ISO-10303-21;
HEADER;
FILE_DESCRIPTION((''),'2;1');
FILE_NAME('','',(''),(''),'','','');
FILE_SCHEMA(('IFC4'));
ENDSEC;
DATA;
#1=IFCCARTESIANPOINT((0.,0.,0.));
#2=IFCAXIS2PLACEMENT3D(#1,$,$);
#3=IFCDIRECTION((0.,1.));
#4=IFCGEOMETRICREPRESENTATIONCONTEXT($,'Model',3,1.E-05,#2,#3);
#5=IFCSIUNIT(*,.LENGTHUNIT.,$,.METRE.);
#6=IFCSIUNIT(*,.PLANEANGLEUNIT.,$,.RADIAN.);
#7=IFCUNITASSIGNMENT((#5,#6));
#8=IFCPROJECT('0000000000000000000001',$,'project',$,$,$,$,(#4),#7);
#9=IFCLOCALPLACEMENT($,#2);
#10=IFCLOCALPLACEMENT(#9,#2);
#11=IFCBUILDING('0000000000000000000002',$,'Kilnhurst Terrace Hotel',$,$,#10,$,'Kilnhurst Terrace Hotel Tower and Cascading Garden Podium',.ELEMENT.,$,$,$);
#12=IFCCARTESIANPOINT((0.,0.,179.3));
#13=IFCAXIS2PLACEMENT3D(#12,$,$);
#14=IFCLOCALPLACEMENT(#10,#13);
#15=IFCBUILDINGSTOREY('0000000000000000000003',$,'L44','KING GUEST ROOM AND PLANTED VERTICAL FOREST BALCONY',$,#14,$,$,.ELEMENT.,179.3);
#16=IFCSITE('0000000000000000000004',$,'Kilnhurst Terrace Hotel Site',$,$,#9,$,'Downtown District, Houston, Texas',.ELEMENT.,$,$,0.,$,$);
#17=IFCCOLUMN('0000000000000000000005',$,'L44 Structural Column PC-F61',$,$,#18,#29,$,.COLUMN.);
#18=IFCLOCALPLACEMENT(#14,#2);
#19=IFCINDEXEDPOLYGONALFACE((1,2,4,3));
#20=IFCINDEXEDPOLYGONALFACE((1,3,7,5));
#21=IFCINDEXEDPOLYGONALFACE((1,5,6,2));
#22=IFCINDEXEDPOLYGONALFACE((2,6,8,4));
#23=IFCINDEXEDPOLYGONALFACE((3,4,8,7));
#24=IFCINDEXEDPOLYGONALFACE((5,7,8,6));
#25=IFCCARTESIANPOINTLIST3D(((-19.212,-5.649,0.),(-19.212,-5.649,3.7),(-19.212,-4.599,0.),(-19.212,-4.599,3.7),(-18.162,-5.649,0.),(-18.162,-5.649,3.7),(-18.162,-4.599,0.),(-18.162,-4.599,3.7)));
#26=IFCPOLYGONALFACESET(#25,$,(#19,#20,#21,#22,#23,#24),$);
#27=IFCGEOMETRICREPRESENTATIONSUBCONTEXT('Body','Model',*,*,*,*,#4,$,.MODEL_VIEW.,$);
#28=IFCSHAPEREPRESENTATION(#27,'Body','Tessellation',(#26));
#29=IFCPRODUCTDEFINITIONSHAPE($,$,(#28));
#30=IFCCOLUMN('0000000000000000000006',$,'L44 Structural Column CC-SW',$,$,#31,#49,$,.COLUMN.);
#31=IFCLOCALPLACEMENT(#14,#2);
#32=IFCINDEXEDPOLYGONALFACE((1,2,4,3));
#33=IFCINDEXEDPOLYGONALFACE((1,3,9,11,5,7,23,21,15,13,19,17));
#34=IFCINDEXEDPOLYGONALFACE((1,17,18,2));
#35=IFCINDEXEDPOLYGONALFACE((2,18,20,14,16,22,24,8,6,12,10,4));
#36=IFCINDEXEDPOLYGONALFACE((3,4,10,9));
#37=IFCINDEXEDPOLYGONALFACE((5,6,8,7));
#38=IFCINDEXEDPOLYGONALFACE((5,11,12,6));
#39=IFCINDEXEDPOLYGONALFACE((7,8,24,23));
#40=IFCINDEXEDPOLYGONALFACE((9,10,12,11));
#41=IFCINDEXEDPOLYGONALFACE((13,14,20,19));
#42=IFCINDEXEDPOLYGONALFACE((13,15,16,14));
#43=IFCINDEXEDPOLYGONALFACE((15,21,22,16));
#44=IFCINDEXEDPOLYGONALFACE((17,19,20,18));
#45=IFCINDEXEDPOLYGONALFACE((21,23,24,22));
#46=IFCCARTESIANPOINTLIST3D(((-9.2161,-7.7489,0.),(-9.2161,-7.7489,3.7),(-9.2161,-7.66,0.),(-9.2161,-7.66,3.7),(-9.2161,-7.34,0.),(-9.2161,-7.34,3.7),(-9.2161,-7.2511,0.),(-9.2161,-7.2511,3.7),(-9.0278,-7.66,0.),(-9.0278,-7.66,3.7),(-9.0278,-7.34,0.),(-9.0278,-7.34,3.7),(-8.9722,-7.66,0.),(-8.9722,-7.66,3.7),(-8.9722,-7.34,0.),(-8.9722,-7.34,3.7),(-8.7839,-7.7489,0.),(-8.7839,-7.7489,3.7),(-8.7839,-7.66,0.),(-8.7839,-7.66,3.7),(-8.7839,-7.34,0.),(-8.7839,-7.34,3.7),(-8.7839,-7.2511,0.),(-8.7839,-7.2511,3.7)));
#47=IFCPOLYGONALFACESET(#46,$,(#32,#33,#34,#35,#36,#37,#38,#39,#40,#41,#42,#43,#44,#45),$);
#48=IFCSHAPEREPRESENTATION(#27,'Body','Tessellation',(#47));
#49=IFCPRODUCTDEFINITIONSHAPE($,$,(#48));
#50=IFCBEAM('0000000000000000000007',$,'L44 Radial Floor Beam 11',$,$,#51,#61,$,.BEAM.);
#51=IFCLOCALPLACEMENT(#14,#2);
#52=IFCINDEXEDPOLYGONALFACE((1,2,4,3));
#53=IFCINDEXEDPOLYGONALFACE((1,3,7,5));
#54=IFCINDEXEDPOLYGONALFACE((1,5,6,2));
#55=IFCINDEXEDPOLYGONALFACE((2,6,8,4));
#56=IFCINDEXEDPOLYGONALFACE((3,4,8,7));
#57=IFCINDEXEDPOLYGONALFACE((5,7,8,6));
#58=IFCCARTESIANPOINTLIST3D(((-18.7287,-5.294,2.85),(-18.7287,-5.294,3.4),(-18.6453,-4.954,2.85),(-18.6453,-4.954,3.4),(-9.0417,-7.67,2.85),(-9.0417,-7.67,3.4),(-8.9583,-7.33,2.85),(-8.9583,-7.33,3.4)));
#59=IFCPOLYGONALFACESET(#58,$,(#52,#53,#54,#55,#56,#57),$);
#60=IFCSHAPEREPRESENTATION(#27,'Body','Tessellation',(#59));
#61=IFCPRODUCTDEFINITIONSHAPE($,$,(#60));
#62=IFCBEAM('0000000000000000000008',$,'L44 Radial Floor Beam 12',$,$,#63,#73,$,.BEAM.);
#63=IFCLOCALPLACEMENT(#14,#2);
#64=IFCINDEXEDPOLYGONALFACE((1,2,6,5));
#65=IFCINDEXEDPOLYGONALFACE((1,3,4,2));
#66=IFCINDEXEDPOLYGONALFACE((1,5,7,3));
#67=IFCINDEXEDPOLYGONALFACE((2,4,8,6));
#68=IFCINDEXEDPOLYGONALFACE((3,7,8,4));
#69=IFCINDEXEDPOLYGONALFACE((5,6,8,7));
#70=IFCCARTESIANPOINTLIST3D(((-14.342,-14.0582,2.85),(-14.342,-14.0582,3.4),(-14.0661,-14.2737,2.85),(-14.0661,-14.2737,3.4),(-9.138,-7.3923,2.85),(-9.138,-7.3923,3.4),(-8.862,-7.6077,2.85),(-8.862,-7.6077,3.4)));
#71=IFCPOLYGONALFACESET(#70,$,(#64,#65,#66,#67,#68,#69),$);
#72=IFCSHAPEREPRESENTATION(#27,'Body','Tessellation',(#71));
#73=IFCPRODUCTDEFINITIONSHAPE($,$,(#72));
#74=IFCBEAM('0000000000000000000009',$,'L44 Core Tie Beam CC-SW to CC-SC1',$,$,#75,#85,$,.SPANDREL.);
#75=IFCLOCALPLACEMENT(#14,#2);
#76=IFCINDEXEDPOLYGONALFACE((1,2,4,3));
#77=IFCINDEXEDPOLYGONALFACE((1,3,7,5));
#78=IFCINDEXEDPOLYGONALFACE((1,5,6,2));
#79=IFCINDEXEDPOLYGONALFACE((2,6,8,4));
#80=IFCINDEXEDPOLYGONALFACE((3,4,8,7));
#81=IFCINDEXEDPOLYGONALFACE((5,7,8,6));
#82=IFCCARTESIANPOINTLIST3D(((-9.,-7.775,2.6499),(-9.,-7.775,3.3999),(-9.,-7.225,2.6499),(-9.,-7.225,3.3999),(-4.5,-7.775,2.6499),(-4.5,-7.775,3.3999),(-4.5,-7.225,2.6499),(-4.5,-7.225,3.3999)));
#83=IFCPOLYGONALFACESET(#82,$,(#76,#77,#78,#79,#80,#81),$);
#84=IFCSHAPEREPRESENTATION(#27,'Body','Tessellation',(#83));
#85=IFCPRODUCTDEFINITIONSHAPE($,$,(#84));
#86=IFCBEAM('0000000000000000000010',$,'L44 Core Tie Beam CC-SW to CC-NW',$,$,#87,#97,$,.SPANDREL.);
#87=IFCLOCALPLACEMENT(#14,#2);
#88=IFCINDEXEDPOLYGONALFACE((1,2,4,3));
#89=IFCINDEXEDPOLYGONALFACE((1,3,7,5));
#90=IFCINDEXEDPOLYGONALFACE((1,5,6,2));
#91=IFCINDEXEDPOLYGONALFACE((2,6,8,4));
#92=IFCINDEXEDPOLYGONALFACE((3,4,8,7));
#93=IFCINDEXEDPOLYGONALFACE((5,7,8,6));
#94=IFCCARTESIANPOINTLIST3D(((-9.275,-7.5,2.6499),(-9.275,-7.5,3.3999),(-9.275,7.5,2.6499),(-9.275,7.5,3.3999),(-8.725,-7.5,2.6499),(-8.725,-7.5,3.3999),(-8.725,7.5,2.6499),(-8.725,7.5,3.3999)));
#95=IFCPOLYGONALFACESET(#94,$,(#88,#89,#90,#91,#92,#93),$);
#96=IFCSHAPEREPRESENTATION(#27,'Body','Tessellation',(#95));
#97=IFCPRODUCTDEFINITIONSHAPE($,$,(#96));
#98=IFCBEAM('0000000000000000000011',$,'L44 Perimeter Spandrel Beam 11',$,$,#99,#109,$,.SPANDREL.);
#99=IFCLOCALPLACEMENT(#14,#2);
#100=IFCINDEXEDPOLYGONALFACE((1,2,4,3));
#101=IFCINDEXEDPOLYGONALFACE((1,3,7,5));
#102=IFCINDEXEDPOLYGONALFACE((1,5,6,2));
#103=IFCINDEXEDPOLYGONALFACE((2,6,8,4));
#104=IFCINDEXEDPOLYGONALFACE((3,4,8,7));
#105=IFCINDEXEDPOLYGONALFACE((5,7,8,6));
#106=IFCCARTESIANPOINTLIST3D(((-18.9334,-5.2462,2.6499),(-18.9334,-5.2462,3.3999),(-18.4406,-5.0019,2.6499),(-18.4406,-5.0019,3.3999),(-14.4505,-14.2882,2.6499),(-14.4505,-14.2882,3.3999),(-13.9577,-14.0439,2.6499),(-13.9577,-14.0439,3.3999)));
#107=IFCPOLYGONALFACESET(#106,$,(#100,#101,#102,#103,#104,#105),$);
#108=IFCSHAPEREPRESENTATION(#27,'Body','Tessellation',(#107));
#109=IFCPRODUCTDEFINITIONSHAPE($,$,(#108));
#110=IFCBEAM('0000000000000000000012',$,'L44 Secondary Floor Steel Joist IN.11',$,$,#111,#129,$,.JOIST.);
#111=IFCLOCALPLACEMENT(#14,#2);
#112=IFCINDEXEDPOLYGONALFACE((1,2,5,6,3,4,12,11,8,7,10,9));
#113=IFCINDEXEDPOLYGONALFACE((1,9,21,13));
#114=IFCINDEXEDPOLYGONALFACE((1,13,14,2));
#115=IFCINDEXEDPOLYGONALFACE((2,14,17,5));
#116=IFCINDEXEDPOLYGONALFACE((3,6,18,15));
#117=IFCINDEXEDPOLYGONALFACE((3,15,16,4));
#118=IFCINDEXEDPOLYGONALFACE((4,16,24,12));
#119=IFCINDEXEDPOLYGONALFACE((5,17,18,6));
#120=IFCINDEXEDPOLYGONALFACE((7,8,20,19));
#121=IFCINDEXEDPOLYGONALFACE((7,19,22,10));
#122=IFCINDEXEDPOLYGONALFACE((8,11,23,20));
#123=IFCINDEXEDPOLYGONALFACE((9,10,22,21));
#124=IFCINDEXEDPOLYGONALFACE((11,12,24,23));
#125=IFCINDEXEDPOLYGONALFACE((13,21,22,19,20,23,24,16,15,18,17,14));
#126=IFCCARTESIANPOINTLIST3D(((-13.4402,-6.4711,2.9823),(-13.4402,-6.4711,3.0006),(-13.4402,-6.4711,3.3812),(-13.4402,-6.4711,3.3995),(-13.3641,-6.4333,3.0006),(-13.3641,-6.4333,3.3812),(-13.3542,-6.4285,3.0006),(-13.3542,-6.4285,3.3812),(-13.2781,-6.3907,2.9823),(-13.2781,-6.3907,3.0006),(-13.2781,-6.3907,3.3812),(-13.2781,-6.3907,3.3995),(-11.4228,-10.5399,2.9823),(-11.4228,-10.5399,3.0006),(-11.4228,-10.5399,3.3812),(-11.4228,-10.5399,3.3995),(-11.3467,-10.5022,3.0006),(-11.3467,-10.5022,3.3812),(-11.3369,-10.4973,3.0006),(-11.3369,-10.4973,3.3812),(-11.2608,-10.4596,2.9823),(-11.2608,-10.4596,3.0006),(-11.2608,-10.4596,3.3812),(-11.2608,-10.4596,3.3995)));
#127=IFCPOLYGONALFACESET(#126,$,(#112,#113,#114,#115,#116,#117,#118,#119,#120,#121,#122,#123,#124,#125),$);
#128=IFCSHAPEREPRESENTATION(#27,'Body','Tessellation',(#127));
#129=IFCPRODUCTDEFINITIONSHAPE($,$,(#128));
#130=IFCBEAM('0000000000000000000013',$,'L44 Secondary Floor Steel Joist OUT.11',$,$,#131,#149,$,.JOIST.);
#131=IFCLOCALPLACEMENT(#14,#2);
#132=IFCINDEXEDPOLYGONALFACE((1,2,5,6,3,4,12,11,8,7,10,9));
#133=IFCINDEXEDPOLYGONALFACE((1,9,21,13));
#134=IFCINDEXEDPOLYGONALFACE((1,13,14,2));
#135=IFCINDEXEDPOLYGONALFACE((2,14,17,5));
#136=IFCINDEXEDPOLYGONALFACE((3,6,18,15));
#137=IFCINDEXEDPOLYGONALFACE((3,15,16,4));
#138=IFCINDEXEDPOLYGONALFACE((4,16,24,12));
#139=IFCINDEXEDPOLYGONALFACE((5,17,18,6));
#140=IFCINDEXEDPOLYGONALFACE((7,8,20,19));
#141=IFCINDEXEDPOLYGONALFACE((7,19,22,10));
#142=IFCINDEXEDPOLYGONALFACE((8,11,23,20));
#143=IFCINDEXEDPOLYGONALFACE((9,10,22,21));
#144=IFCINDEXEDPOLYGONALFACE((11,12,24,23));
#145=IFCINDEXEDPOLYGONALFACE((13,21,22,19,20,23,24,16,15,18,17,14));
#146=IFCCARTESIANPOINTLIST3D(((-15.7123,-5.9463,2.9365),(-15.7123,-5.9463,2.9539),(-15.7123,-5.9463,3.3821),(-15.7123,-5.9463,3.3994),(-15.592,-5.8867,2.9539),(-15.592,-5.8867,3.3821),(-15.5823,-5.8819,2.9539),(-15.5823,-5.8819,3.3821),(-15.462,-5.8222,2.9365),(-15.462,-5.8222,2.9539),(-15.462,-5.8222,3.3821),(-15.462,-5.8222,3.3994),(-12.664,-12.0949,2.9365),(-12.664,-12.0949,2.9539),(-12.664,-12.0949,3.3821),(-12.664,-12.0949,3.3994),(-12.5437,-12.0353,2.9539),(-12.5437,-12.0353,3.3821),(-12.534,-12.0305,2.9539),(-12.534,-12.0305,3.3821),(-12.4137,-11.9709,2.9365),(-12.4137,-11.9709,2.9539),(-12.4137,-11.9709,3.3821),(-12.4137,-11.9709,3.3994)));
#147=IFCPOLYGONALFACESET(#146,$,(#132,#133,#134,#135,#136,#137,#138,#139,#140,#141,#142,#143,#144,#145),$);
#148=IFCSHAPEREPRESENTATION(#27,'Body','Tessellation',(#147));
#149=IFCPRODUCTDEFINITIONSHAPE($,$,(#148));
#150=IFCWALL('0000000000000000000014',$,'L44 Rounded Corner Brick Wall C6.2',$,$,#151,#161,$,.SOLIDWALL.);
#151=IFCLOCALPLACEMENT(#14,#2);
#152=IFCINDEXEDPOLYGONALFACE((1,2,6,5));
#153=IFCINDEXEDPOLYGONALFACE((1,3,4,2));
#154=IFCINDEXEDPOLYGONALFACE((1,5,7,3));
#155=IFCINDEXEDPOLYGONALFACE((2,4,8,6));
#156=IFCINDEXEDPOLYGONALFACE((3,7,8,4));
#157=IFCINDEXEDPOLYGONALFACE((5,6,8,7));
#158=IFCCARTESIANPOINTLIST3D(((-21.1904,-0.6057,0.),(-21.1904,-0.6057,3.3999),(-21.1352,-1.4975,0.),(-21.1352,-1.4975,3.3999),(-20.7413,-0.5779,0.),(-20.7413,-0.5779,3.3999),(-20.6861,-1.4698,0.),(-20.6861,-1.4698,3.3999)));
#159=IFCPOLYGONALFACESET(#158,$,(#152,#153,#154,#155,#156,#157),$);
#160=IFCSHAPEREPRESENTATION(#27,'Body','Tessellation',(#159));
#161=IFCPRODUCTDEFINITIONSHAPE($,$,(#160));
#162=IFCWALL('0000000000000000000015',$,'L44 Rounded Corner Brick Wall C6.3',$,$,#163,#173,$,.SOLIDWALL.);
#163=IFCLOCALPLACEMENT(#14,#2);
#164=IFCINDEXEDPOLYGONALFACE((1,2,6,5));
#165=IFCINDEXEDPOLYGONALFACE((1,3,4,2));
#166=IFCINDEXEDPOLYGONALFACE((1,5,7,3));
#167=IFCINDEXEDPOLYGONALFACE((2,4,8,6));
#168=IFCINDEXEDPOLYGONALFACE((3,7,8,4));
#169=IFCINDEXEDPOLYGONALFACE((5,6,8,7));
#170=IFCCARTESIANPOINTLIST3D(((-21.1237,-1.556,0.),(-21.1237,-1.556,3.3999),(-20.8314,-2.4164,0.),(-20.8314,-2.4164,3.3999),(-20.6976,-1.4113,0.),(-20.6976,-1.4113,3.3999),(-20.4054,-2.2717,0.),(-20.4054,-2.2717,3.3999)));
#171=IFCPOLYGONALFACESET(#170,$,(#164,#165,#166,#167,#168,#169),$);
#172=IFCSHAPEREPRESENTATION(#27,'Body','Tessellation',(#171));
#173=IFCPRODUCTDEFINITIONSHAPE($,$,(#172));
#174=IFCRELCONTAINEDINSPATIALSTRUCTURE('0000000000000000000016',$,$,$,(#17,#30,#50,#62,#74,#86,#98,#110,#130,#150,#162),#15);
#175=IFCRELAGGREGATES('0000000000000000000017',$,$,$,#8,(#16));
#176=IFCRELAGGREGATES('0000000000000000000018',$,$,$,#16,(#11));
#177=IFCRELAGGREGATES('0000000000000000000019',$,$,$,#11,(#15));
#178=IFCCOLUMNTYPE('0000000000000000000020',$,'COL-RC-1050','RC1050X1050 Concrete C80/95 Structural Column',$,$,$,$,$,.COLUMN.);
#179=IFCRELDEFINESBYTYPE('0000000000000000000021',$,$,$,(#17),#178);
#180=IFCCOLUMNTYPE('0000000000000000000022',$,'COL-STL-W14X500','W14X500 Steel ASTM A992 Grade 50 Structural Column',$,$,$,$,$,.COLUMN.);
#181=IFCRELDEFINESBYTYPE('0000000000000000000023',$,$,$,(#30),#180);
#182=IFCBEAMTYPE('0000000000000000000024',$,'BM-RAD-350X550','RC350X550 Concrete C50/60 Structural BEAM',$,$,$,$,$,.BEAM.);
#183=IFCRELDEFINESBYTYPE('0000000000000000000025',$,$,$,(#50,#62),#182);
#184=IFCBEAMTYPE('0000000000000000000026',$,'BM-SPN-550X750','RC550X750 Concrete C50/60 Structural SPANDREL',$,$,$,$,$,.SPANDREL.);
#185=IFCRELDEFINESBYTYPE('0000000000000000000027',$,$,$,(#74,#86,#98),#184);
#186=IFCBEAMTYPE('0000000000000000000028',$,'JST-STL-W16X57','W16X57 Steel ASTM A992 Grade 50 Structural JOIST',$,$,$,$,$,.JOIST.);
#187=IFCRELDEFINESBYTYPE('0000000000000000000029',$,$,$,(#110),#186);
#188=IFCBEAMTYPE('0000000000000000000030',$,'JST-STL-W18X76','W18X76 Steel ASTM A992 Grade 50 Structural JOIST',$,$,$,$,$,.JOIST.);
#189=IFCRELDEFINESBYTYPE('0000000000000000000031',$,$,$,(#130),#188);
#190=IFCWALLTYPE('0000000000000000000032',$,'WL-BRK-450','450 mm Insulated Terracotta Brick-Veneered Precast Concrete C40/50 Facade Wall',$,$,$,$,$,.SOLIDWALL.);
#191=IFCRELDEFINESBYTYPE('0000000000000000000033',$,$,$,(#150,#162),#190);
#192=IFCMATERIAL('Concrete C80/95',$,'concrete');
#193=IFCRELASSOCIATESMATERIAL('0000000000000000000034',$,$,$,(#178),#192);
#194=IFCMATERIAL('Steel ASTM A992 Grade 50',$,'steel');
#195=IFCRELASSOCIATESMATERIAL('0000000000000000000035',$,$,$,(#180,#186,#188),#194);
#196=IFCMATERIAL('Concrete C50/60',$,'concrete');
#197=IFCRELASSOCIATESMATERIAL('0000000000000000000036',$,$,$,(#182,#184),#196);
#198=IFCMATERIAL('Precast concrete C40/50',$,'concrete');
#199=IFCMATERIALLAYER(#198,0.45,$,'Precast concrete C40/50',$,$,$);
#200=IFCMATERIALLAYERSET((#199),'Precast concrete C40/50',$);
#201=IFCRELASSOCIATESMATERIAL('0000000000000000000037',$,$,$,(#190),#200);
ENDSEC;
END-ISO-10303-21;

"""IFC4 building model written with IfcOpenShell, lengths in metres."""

from ifc_helpers import new_model, si_unit, direction, frame, frame_2d, origin, origin_2d, place, context, subcontext, project, spatial, rectangle, i_section, extrude, material, layer, layer_set, material_profile, profile_set, type_object, element, save


model = new_model("IFC4")

# Units and contexts
model_context = context("Model", 3, precision=1e-05, world=origin(), true_north=direction((0.0, 1.0)))
body_context = subcontext(model_context, "Body", "Model", "MODEL_VIEW")
ifc_project = project(units=[si_unit("LENGTHUNIT", "METRE"), si_unit("PLANEANGLEUNIT", "RADIAN")], contexts=[model_context])

# Site, building, storey
site_placement = place(None, origin())
site = spatial("IfcSite", under=ifc_project, at=site_placement, Name="Kilnhurst Terrace Hotel Site", LongName="Downtown District, Houston, Texas", CompositionType="ELEMENT", RefElevation=0.0)
building_placement = place(site_placement, origin())
building = spatial("IfcBuilding", under=site, at=building_placement, Name="Kilnhurst Terrace Hotel", LongName="Kilnhurst Terrace Hotel Tower and Cascading Garden Podium", CompositionType="ELEMENT")
storey_placement = place(building_placement, frame((0.0, 0.0, 179.3)))
storey = spatial("IfcBuildingStorey", under=building, at=storey_placement, Name="L44", Description="KING GUEST ROOM AND PLANTED VERTICAL FOREST BALCONY", CompositionType="ELEMENT", Elevation=179.3)

# Columns
ifc_material_1 = material(Name="Concrete C80/95", Category="concrete")
ifc_material_profile_1 = material_profile(ifc_material_1, rectangle(XDim=1.05, YDim=1.05, at=origin_2d()), Name="RC1050X1050")
ifc_profile_set_1 = profile_set([ifc_material_profile_1], Name="Concrete C80/95")
column_type_1 = type_object("IfcColumnType", Name="COL-RC-1050", Description="RC1050X1050 Concrete C80/95 Structural Column", PredefinedType="COLUMN", material=ifc_profile_set_1)
column_1_placement = place(storey_placement, frame((-18.687, -5.124, 0.0), z_axis=(0.0, 0.0, 1.0), x_axis=(1.0, 0.0, 0.0)))
element("IfcColumn", 1, at=column_1_placement, inside=storey, type_object=column_type_1, Name="L44 Structural Column PC-F61", PredefinedType="COLUMN", context=body_context, shape_type="SweptSolid", body=[
    extrude(rectangle(XDim=1.05, YDim=1.05, at=origin_2d()), origin(), (0.0, 0.0, 1.0), 3.7),
])
ifc_material_2 = material(Name="Steel ASTM A992 Grade 50", Category="steel")
ifc_material_profile_2 = material_profile(ifc_material_2, i_section(OverallWidth=0.4321, OverallDepth=0.4978, WebThickness=0.0557, FlangeThickness=0.0889, at=origin_2d()), Name="W14X500")
ifc_profile_set_2 = profile_set([ifc_material_profile_2], Name="Steel ASTM A992 Grade 50")
column_type_2 = type_object("IfcColumnType", Name="COL-STL-W14X500", Description="W14X500 Steel ASTM A992 Grade 50 Structural Column", PredefinedType="COLUMN", material=ifc_profile_set_2)
column_2_placement = place(storey_placement, frame((-9.0, -7.5, 0.0), z_axis=(0.0, 0.0, 1.0), x_axis=(1.0, 0.0, 0.0)))
element("IfcColumn", 2, at=column_2_placement, inside=storey, type_object=column_type_2, Name="L44 Structural Column CC-SW", PredefinedType="COLUMN", context=body_context, shape_type="SweptSolid", body=[
    extrude(i_section(OverallWidth=0.4321, OverallDepth=0.4978, WebThickness=0.0557, FlangeThickness=0.0889, at=origin_2d()), origin(), (0.0, 0.0, 1.0), 3.7),
])

# Beams
ifc_material_3 = material(Name="Concrete C50/60", Category="concrete")
ifc_material_profile_3 = material_profile(ifc_material_3, rectangle(XDim=0.3501, YDim=0.55, at=origin_2d()), Name="RC350X550")
ifc_profile_set_3 = profile_set([ifc_material_profile_3], Name="Concrete C50/60")
beam_type_1 = type_object("IfcBeamType", Name="BM-RAD-350X550", Description="RC350X550 Concrete C50/60 Structural BEAM", PredefinedType="BEAM", material=ifc_profile_set_3)
beam_1_placement = place(storey_placement, frame((-9.0, -7.5, 3.125), z_axis=(-0.971213, 0.238214, 0.0), x_axis=(-0.238214, -0.971213, 0.0)))
element("IfcBeam", 3, at=beam_1_placement, inside=storey, type_object=beam_type_1, Name="L44 Radial Floor Beam 11", PredefinedType="BEAM", context=body_context, shape_type="SweptSolid", body=[
    extrude(rectangle(XDim=0.3501, YDim=0.55, at=origin_2d()), origin(), (0.0, 0.0, 1.0), 9.9741),
])
beam_2_placement = place(storey_placement, frame((-9.0, -7.5, 3.125), z_axis=(-0.615371, -0.788238, 0.0), x_axis=(0.788238, -0.615371, 0.0)))
element("IfcBeam", 4, at=beam_2_placement, inside=storey, type_object=beam_type_1, Name="L44 Radial Floor Beam 12", PredefinedType="BEAM", context=body_context, shape_type="SweptSolid", body=[
    extrude(rectangle(XDim=0.3501, YDim=0.55, at=origin_2d()), origin(), (0.0, 0.0, 1.0), 8.4568),
])
ifc_material_profile_4 = material_profile(ifc_material_3, rectangle(XDim=0.55, YDim=0.75, at=origin_2d()), Name="RC550X750")
ifc_profile_set_4 = profile_set([ifc_material_profile_4], Name="Concrete C50/60")
beam_type_2 = type_object("IfcBeamType", Name="BM-SPN-550X750", Description="RC550X750 Concrete C50/60 Structural SPANDREL", PredefinedType="SPANDREL", material=ifc_profile_set_4)
beam_3_placement = place(storey_placement, frame((-9.0, -7.5, 3.0249), z_axis=(1.0, 0.0, 0.0), x_axis=(0.0, 1.0, 0.0)))
element("IfcBeam", 5, at=beam_3_placement, inside=storey, type_object=beam_type_2, Name="L44 Core Tie Beam CC-SW to CC-SC1", PredefinedType="SPANDREL", context=body_context, shape_type="SweptSolid", body=[
    extrude(rectangle(XDim=0.55, YDim=0.75, at=origin_2d()), origin(), (0.0, 0.0, 1.0), 4.5),
])
beam_4_placement = place(storey_placement, frame((-9.0, -7.5, 3.0249), z_axis=(0.0, 1.0, 0.0), x_axis=(-1.0, 0.0, 0.0)))
element("IfcBeam", 6, at=beam_4_placement, inside=storey, type_object=beam_type_2, Name="L44 Core Tie Beam CC-SW to CC-NW", PredefinedType="SPANDREL", context=body_context, shape_type="SweptSolid", body=[
    extrude(rectangle(XDim=0.55, YDim=0.75, at=origin_2d()), origin(), (0.0, 0.0, 1.0), 15.0),
])
beam_5_placement = place(storey_placement, frame((-18.687, -5.124, 3.0249), z_axis=(0.444192, -0.895932, 0.0), x_axis=(0.895932, 0.444192, 0.0)))
element("IfcBeam", 7, at=beam_5_placement, inside=storey, type_object=beam_type_2, Name="L44 Perimeter Spandrel Beam 11", PredefinedType="SPANDREL", context=body_context, shape_type="SweptSolid", body=[
    extrude(rectangle(XDim=0.55, YDim=0.75, at=origin_2d()), origin(), (0.0, 0.0, 1.0), 10.0923),
])
ifc_material_profile_5 = material_profile(ifc_material_2, i_section(OverallWidth=0.1809, OverallDepth=0.4172, WebThickness=0.011, FlangeThickness=0.0183, at=origin_2d()), Name="W16X57")
ifc_profile_set_5 = profile_set([ifc_material_profile_5], Name="Steel ASTM A992 Grade 50")
beam_type_3 = type_object("IfcBeamType", Name="JST-STL-W16X57", Description="W16X57 Steel ASTM A992 Grade 50 Structural JOIST", PredefinedType="JOIST", material=ifc_profile_set_5)
beam_6_placement = place(storey_placement, frame((-13.3591, -6.4309, 3.1909), z_axis=(0.444201, -0.895927, 0.0), x_axis=(0.895927, 0.444201, 0.0)))
element("IfcBeam", 8, at=beam_6_placement, inside=storey, type_object=beam_type_3, Name="L44 Secondary Floor Steel Joist IN.11", PredefinedType="JOIST", context=body_context, shape_type="SweptSolid", body=[
    extrude(i_section(OverallWidth=0.1809, OverallDepth=0.4172, WebThickness=0.011, FlangeThickness=0.0183, at=origin_2d()), origin(), (0.0, 0.0, 1.0), 4.5415),
])
ifc_material_profile_6 = material_profile(ifc_material_2, i_section(OverallWidth=0.2793, OverallDepth=0.4629, WebThickness=0.0107, FlangeThickness=0.0173, at=origin_2d()), Name="W18X76")
ifc_profile_set_6 = profile_set([ifc_material_profile_6], Name="Steel ASTM A992 Grade 50")
beam_type_4 = type_object("IfcBeamType", Name="JST-STL-W18X76", Description="W18X76 Steel ASTM A992 Grade 50 Structural JOIST", PredefinedType="JOIST", material=ifc_profile_set_6)
beam_7_placement = place(storey_placement, frame((-15.5872, -5.8843, 3.168), z_axis=(0.44418, -0.895938, 0.0), x_axis=(0.895938, 0.44418, 0.0)))
element("IfcBeam", 9, at=beam_7_placement, inside=storey, type_object=beam_type_4, Name="L44 Secondary Floor Steel Joist OUT.11", PredefinedType="JOIST", context=body_context, shape_type="SweptSolid", body=[
    extrude(i_section(OverallWidth=0.2793, OverallDepth=0.4629, WebThickness=0.0107, FlangeThickness=0.0173, at=origin_2d()), origin(), (0.0, 0.0, 1.0), 6.8628),
])

# Walls
ifc_material_4 = material(Name="Precast concrete C40/50", Category="concrete")
ifc_layer_1 = layer(ifc_material_4, 0.45, Name="Precast concrete C40/50")
ifc_layer_set_1 = layer_set([ifc_layer_1], Name="Precast concrete C40/50")
wall_type_1 = type_object("IfcWallType", Name="WL-BRK-450", Description="450 mm Insulated Terracotta Brick-Veneered Precast Concrete C40/50 Facade Wall", PredefinedType="SOLIDWALL", material=ifc_layer_set_1)
wall_1_placement = place(storey_placement, frame((-20.9658, -0.5918, 0.0), z_axis=(0.0, 0.0, 1.0), x_axis=(0.061749, -0.998092, 0.0)))
element("IfcWall", 10, at=wall_1_placement, inside=storey, type_object=wall_type_1, Name="L44 Rounded Corner Brick Wall C6.2", PredefinedType="SOLIDWALL", context=body_context, shape_type="SweptSolid", body=[
    extrude(rectangle(XDim=0.8936, YDim=0.45, at=frame_2d((0.4468, 0.0))), origin(), (0.0, 0.0, 1.0), 3.3999),
])
wall_2_placement = place(storey_placement, frame((-20.9106, -1.4836, 0.0), z_axis=(0.0, 0.0, 1.0), x_axis=(0.321623, -0.946868, 0.0)))
element("IfcWall", 11, at=wall_2_placement, inside=storey, type_object=wall_type_1, Name="L44 Rounded Corner Brick Wall C6.3", PredefinedType="SOLIDWALL", context=body_context, shape_type="SweptSolid", body=[
    extrude(rectangle(XDim=0.9087, YDim=0.45, at=frame_2d((0.4543, 0.0))), origin(), (0.0, 0.0, 1.0), 3.3999),
])

save(model, "model.ifc")
